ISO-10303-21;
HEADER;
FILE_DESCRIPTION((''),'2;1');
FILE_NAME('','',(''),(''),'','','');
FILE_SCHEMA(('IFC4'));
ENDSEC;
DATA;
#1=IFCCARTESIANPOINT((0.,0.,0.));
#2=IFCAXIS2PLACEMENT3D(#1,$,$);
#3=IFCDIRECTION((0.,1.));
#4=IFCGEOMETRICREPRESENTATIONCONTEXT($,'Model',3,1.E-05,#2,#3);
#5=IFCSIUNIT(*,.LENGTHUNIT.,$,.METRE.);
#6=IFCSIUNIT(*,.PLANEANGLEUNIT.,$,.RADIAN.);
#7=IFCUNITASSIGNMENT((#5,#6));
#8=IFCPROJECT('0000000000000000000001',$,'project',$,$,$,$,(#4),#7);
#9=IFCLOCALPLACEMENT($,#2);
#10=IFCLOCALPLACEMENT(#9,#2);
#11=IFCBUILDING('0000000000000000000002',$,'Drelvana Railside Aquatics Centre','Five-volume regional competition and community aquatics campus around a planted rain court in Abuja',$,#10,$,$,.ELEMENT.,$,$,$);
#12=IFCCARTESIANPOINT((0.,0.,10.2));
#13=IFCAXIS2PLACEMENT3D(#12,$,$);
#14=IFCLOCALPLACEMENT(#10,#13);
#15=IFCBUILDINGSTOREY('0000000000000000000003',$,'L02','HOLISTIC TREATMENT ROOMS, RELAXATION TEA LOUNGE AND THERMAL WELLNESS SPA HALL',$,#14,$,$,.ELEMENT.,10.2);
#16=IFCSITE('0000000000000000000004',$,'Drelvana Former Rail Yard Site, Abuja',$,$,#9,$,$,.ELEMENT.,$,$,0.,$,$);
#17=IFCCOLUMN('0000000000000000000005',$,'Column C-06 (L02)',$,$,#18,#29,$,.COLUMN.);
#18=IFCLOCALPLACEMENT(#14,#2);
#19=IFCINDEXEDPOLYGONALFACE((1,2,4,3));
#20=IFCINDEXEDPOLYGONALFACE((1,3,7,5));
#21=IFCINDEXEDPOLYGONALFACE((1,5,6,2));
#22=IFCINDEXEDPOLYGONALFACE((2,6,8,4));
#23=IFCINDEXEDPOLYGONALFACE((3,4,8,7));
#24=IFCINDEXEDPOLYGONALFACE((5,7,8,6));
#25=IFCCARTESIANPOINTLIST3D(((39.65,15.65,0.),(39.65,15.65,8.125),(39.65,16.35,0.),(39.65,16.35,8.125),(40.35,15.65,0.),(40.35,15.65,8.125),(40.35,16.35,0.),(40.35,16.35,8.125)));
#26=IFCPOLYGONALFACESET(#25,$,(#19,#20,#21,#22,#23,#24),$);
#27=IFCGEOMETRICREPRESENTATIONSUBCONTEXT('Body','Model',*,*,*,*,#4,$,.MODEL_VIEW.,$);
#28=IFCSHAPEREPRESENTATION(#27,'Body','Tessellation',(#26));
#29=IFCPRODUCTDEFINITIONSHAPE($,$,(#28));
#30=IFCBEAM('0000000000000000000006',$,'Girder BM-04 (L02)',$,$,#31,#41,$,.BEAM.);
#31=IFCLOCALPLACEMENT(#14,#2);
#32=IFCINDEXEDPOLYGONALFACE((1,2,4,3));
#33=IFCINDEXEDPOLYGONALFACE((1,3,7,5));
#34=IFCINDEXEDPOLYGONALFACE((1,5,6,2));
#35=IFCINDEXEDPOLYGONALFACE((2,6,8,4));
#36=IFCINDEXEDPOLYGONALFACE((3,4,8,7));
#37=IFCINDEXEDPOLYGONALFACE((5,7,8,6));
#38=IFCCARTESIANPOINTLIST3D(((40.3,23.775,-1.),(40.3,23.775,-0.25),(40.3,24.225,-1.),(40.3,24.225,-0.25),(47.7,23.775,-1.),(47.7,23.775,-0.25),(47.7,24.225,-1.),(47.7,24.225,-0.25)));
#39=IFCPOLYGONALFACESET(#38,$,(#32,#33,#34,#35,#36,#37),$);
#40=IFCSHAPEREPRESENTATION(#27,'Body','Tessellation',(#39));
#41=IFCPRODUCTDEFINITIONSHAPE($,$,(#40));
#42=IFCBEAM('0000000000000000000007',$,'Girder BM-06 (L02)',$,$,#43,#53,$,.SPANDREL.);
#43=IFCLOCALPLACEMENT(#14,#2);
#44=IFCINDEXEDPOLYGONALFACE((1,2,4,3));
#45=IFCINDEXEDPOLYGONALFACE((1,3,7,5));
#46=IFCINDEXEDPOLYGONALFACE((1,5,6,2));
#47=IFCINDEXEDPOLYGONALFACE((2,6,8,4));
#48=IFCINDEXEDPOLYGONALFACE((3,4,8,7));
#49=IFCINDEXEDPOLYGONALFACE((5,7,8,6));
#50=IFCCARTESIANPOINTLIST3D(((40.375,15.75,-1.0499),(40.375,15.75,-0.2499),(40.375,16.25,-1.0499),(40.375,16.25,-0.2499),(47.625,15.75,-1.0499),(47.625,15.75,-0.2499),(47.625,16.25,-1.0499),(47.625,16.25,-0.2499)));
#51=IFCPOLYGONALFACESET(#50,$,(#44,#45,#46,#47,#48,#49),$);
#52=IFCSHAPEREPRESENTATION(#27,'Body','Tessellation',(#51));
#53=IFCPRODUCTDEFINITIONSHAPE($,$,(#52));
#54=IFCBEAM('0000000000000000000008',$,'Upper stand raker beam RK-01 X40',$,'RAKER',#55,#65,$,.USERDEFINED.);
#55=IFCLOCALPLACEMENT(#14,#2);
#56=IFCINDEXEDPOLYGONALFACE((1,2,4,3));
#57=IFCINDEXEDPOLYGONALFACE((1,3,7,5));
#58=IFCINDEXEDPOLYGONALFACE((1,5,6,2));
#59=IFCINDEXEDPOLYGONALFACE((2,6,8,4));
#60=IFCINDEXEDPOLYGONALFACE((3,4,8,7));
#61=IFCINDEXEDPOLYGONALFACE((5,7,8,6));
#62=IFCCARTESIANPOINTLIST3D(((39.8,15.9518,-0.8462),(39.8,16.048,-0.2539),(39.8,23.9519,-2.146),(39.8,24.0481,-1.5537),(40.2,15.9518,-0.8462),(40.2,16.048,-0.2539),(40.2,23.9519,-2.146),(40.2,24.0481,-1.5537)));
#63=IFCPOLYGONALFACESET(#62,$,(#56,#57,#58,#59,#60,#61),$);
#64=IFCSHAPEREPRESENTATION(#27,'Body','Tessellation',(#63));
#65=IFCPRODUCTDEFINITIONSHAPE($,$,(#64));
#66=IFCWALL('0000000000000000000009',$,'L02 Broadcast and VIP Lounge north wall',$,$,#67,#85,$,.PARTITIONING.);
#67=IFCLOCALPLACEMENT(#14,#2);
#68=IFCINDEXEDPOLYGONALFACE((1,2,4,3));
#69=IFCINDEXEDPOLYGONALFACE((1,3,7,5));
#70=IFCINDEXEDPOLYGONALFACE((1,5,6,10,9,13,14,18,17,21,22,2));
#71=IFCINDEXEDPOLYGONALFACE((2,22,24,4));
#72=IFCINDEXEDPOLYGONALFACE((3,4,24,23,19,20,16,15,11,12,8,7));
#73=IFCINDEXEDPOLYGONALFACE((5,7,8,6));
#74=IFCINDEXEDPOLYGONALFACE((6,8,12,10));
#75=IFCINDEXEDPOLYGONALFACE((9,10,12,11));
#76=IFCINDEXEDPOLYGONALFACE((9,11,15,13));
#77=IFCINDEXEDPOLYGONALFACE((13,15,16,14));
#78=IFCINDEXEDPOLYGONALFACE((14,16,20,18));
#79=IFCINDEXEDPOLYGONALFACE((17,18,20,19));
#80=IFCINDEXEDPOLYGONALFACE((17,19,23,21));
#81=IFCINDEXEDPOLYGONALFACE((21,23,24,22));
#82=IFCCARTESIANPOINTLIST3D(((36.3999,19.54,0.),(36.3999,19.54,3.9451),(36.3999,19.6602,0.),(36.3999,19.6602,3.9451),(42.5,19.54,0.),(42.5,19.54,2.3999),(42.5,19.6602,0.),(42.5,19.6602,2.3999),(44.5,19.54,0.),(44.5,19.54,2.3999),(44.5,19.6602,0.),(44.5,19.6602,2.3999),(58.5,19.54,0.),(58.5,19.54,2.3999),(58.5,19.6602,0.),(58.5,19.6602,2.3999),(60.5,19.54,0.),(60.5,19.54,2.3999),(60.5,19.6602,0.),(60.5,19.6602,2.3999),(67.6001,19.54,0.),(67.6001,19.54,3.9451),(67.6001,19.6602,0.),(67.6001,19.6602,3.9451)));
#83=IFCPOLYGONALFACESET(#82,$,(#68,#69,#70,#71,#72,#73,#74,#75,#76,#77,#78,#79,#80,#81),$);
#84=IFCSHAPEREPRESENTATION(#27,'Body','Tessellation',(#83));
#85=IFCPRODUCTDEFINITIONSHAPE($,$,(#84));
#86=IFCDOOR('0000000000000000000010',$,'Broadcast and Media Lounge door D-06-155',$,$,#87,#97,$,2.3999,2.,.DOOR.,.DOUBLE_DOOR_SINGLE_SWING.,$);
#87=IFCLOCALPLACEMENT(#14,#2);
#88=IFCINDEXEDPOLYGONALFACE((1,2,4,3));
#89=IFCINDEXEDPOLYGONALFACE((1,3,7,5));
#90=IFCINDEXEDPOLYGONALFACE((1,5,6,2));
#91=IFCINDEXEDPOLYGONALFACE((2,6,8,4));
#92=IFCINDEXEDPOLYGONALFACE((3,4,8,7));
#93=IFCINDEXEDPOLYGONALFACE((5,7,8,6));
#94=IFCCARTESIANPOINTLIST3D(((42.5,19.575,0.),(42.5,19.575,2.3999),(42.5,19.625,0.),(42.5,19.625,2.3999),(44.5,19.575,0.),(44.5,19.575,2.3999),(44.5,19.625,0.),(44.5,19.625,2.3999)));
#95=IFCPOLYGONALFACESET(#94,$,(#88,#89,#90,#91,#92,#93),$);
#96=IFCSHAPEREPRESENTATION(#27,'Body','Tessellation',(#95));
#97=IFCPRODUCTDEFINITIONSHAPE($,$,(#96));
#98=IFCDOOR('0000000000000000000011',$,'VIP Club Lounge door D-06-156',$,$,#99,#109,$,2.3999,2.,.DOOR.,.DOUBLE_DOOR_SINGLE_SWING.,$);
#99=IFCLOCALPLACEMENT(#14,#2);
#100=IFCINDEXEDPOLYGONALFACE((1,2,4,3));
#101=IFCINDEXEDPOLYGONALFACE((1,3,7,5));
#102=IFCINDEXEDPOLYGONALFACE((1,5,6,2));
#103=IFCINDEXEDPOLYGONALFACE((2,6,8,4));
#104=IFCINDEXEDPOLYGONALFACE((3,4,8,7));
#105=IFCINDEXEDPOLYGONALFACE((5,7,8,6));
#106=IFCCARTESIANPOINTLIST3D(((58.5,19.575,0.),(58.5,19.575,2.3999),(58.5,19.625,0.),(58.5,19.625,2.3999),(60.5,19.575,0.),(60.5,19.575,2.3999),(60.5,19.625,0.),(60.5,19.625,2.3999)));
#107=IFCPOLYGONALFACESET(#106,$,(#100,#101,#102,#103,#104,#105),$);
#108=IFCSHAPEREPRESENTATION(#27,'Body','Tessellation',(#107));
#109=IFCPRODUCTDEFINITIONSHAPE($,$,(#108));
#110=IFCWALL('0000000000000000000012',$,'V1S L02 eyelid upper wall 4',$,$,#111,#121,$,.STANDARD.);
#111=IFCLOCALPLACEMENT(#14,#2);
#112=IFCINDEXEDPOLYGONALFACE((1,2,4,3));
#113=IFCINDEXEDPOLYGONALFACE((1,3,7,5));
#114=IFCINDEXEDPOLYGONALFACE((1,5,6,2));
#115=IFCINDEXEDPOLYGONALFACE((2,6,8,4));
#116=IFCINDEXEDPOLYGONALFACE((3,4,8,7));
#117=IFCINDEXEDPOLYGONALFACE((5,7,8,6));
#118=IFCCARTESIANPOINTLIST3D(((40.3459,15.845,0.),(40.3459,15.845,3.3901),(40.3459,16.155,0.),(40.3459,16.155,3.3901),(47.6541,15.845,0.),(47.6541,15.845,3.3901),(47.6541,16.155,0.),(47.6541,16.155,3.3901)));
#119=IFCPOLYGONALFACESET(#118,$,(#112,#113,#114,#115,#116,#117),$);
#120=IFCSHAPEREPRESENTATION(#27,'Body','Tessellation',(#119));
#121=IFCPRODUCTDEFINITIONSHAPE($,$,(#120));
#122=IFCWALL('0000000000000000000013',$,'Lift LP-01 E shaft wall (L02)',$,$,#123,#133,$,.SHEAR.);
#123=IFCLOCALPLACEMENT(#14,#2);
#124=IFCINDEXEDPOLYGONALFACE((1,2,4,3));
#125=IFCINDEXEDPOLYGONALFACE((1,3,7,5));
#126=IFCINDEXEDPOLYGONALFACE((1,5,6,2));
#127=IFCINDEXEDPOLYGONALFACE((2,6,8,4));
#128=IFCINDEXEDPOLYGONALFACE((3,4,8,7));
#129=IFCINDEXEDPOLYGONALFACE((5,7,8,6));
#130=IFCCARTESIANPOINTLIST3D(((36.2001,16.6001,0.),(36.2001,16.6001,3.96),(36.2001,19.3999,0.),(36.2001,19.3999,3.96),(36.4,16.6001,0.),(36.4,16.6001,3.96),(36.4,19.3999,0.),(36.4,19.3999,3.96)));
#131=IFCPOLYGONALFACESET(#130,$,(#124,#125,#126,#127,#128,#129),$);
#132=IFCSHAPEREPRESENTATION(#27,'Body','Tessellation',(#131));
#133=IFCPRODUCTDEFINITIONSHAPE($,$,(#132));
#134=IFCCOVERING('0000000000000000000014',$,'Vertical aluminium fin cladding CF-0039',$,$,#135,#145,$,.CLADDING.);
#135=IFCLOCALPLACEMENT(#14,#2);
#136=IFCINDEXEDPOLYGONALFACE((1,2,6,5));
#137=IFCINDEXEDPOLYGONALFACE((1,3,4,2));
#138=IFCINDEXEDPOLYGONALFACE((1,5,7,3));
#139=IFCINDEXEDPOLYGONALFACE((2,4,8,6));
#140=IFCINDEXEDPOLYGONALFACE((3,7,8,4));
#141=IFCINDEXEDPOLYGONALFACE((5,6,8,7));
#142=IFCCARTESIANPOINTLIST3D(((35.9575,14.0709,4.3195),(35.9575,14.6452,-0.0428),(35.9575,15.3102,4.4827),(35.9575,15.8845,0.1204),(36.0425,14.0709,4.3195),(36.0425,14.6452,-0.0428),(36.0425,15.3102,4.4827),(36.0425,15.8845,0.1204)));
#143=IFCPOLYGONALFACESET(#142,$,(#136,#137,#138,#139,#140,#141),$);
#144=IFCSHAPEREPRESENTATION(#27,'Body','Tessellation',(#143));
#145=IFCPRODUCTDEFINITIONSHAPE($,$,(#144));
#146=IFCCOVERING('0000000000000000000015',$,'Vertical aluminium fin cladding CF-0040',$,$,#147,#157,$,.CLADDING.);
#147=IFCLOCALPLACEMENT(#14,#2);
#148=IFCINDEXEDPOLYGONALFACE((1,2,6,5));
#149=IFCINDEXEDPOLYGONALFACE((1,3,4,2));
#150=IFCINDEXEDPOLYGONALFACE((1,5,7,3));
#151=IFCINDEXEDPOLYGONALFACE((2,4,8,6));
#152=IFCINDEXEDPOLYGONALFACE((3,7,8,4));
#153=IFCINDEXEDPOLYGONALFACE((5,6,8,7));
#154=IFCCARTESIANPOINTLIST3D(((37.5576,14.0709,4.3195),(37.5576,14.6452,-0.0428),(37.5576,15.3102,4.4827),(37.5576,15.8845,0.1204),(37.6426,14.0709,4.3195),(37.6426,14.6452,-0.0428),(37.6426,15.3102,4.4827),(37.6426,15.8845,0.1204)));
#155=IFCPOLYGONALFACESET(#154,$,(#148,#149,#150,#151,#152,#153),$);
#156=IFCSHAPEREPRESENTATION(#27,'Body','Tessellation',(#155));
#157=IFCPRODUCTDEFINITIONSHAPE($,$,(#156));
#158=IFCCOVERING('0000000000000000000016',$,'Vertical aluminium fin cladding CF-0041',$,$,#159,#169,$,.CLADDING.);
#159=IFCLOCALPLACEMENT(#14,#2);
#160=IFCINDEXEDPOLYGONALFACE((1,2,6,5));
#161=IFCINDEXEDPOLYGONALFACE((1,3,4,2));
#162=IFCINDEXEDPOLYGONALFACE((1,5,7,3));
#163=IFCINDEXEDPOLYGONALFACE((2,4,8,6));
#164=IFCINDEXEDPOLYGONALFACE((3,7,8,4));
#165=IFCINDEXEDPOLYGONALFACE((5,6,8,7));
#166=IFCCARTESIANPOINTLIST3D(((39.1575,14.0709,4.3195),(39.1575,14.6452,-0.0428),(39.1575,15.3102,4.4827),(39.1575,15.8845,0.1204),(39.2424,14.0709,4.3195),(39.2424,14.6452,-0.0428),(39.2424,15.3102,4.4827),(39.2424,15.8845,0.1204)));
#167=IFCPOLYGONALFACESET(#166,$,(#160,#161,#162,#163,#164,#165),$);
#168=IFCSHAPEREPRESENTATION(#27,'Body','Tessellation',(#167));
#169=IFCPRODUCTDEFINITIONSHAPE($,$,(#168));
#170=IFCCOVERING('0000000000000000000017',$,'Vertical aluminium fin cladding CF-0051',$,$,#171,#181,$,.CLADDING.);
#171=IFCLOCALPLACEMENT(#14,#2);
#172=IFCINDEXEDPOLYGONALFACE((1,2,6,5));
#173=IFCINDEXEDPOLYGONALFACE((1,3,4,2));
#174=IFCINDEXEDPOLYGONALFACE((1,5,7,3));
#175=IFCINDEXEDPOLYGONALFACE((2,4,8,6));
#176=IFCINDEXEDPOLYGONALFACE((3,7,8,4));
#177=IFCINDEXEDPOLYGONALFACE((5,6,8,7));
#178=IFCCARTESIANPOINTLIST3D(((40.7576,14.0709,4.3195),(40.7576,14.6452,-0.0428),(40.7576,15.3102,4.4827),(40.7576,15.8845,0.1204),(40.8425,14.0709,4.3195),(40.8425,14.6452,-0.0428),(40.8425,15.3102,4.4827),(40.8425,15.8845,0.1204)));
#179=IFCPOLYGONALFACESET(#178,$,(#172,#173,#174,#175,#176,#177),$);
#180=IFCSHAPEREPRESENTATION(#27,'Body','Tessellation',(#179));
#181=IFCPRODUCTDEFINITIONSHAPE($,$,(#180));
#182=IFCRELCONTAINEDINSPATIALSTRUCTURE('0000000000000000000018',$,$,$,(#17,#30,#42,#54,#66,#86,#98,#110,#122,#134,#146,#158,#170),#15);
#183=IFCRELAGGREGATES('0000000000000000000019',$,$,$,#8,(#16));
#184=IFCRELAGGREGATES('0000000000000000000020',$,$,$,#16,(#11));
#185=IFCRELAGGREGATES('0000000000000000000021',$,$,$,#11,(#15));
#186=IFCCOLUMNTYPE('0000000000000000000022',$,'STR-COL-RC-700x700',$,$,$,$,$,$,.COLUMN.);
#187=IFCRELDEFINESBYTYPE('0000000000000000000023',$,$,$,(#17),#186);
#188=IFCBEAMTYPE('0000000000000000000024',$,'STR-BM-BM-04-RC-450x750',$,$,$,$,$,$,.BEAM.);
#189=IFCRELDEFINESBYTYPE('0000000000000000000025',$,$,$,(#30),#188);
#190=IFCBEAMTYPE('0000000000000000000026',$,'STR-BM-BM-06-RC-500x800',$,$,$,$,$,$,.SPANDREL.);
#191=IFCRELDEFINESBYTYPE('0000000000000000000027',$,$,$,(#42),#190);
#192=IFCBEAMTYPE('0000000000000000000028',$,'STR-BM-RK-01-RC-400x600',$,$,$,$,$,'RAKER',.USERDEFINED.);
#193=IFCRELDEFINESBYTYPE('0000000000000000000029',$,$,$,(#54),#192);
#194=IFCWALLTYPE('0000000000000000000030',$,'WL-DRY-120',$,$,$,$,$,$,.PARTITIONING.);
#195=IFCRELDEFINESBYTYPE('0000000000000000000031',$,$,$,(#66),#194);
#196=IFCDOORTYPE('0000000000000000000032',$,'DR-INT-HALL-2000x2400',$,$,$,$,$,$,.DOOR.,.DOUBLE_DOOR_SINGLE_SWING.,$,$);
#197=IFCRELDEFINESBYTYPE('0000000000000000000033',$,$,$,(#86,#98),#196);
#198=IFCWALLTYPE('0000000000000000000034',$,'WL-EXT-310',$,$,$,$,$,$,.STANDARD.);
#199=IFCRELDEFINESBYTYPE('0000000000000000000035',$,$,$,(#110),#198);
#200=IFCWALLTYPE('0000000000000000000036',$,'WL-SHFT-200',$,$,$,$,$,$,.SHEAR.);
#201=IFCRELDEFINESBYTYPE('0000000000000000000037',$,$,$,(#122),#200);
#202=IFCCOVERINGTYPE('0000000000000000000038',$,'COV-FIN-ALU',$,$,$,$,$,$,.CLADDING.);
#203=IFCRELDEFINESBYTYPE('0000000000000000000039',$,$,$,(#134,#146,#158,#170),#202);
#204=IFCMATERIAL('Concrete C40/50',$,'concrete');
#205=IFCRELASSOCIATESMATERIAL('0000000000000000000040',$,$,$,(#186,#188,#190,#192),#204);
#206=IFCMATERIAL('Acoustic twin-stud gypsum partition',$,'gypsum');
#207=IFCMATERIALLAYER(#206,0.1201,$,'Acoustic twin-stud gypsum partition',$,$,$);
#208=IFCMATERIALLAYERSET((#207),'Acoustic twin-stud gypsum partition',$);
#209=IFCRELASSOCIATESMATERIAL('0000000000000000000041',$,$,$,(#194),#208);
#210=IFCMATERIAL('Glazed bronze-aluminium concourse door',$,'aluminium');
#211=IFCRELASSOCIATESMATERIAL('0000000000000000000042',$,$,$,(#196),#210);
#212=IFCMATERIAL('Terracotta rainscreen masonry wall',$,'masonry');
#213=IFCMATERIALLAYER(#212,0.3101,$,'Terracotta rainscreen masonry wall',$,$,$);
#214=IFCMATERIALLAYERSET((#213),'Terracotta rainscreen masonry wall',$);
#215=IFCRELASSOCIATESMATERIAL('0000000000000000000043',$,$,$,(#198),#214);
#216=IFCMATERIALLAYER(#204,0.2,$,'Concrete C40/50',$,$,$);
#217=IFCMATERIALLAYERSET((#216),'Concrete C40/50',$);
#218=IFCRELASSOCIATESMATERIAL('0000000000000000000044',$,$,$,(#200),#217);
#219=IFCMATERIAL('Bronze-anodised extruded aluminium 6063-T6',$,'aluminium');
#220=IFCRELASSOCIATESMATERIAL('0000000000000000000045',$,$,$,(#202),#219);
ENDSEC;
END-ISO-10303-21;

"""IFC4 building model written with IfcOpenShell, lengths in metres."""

from ifc_helpers import new_model, si_unit, direction, frame, frame_2d, origin, origin_2d, place, context, subcontext, project, spatial, rectangle, extrude, material, layer, layer_set, material_profile, profile_set, type_object, element, fill, save


model = new_model("IFC4")

# Units and contexts
model_context = context("Model", 3, precision=1e-05, world=origin(), true_north=direction((0.0, 1.0)))
body_context = subcontext(model_context, "Body", "Model", "MODEL_VIEW")
ifc_project = project(units=[si_unit("LENGTHUNIT", "METRE"), si_unit("PLANEANGLEUNIT", "RADIAN")], contexts=[model_context])

# Site, building, storey
site_placement = place(None, origin())
site = spatial("IfcSite", under=ifc_project, at=site_placement, Name="Drelvana Former Rail Yard Site, Abuja", CompositionType="ELEMENT", RefElevation=0.0)
building_placement = place(site_placement, origin())
building = spatial("IfcBuilding", under=site, at=building_placement, Name="Drelvana Railside Aquatics Centre", Description="Five-volume regional competition and community aquatics campus around a planted rain court in Abuja", CompositionType="ELEMENT")
storey_placement = place(building_placement, frame((0.0, 0.0, 10.2)))
storey = spatial("IfcBuildingStorey", under=building, at=storey_placement, Name="L02", Description="HOLISTIC TREATMENT ROOMS, RELAXATION TEA LOUNGE AND THERMAL WELLNESS SPA HALL", CompositionType="ELEMENT", Elevation=10.2)

# Column
ifc_material_1 = material(Name="Concrete C40/50", Category="concrete")
ifc_material_profile_1 = material_profile(ifc_material_1, rectangle(XDim=0.7, YDim=0.7, at=origin_2d()), Name="RC 700x700")
ifc_profile_set_1 = profile_set([ifc_material_profile_1], Name="Concrete C40/50")
column_type = type_object("IfcColumnType", Name="STR-COL-RC-700x700", PredefinedType="COLUMN", material=ifc_profile_set_1)
column_placement = place(storey_placement, frame((40.0, 16.0, 0.0), z_axis=(0.0, 0.0, 1.0), x_axis=(1.0, 0.0, 0.0)))
element("IfcColumn", 1, at=column_placement, inside=storey, type_object=column_type, Name="Column C-06 (L02)", PredefinedType="COLUMN", context=body_context, shape_type="SweptSolid", body=[
    extrude(rectangle(XDim=0.7, YDim=0.7, at=origin_2d()), origin(), (0.0, 0.0, 1.0), 8.125),
])

# Beams
ifc_material_profile_2 = material_profile(ifc_material_1, rectangle(XDim=0.45, YDim=0.75, at=origin_2d()), Name="RC 450x750")
ifc_profile_set_2 = profile_set([ifc_material_profile_2], Name="Concrete C40/50")
beam_type_1 = type_object("IfcBeamType", Name="STR-BM-BM-04-RC-450x750", PredefinedType="BEAM", material=ifc_profile_set_2)
beam_1_placement = place(storey_placement, frame((40.3, 24.0, -0.625), z_axis=(1.0, 0.0, 0.0), x_axis=(0.0, 1.0, 0.0)))
element("IfcBeam", 2, at=beam_1_placement, inside=storey, type_object=beam_type_1, Name="Girder BM-04 (L02)", PredefinedType="BEAM", context=body_context, shape_type="SweptSolid", body=[
    extrude(rectangle(XDim=0.45, YDim=0.75, at=origin_2d()), origin(), (0.0, 0.0, 1.0), 7.3999),
])
ifc_material_profile_3 = material_profile(ifc_material_1, rectangle(XDim=0.5, YDim=0.8, at=origin_2d()), Name="RC 500x800")
ifc_profile_set_3 = profile_set([ifc_material_profile_3], Name="Concrete C40/50")
beam_type_2 = type_object("IfcBeamType", Name="STR-BM-BM-06-RC-500x800", PredefinedType="SPANDREL", material=ifc_profile_set_3)
beam_2_placement = place(storey_placement, frame((40.375, 16.0, -0.6499), z_axis=(1.0, 0.0, 0.0), x_axis=(0.0, 1.0, 0.0)))
element("IfcBeam", 3, at=beam_2_placement, inside=storey, type_object=beam_type_2, Name="Girder BM-06 (L02)", PredefinedType="SPANDREL", context=body_context, shape_type="SweptSolid", body=[
    extrude(rectangle(XDim=0.5, YDim=0.8, at=origin_2d()), origin(), (0.0, 0.0, 1.0), 7.25),
])
ifc_material_profile_4 = material_profile(ifc_material_1, rectangle(XDim=0.3999, YDim=0.6001, at=origin_2d()), Name="RC 400x600")
ifc_profile_set_4 = profile_set([ifc_material_profile_4], Name="Concrete C40/50")
beam_type_3 = type_object("IfcBeamType", Name="STR-BM-RK-01-RC-400x600", ElementType="RAKER", PredefinedType="USERDEFINED", material=ifc_profile_set_4)
beam_3_placement = place(storey_placement, frame((40.0, 24.0, -1.8499), z_axis=(0.0, -0.987057, 0.160373), x_axis=(1.0, 0.0, 0.0)))
element("IfcBeam", 4, at=beam_3_placement, inside=storey, type_object=beam_type_3, Name="Upper stand raker beam RK-01 X40", ObjectType="RAKER", PredefinedType="USERDEFINED", context=body_context, shape_type="SweptSolid", body=[
    extrude(rectangle(XDim=0.3999, YDim=0.6001, at=origin_2d()), origin(), (0.0, 0.0, 1.0), 8.105),
])

# Wall, openings, doors
ifc_material_2 = material(Name="Acoustic twin-stud gypsum partition", Category="gypsum")
ifc_layer_1 = layer(ifc_material_2, 0.1201, Name="Acoustic twin-stud gypsum partition")
ifc_layer_set_1 = layer_set([ifc_layer_1], Name="Acoustic twin-stud gypsum partition")
wall_type_1 = type_object("IfcWallType", Name="WL-DRY-120", PredefinedType="PARTITIONING", material=ifc_layer_set_1)
wall_1_placement = place(storey_placement, frame((36.3999, 19.6001, 0.0), z_axis=(0.0, 0.0, 1.0), x_axis=(1.0, 0.0, 0.0)))
wall_1 = element("IfcWall", 5, at=wall_1_placement, inside=storey, type_object=wall_type_1, Name="L02 Broadcast and VIP Lounge north wall", PredefinedType="PARTITIONING", context=body_context, shape_type="SweptSolid", body=[
    extrude(rectangle(XDim=31.2002, YDim=0.1201, at=frame_2d((15.6001, 0.0))), origin(), (0.0, 0.0, 1.0), 3.9451),
])
opening_1_placement = place(wall_1_placement, frame((6.1001, 0.0, 0.0)))
opening_1 = element("IfcOpeningElement", 6, at=opening_1_placement, cuts=wall_1, PredefinedType="OPENING", context=body_context, shape_type="SweptSolid", body=[
    extrude(rectangle(XDim=2.0, YDim=2.3999, at=frame_2d((1.0, 1.2))), frame((0.0, 0.0701, 0.0), z_axis=(0.0, -1.0, 0.0), x_axis=(1.0, 0.0, 0.0)), (0.0, 0.0, 1.0), 0.1401),
])
opening_2_placement = place(wall_1_placement, frame((22.1001, 0.0, 0.0)))
opening_2 = element("IfcOpeningElement", 7, at=opening_2_placement, cuts=wall_1, PredefinedType="OPENING", context=body_context, shape_type="SweptSolid", body=[
    extrude(rectangle(XDim=2.0, YDim=2.3999, at=frame_2d((1.0, 1.2))), frame((0.0, 0.0701, 0.0), z_axis=(0.0, -1.0, 0.0), x_axis=(1.0, 0.0, 0.0)), (0.0, 0.0, 1.0), 0.1401),
])
ifc_material_3 = material(Name="Glazed bronze-aluminium concourse door", Category="aluminium")
door_type = type_object("IfcDoorType", Name="DR-INT-HALL-2000x2400", OperationType="DOUBLE_DOOR_SINGLE_SWING", PredefinedType="DOOR", material=ifc_material_3)
door_1_placement = place(opening_1_placement, origin())
door_1 = element("IfcDoor", 8, at=door_1_placement, inside=storey, type_object=door_type, Name="Broadcast and Media Lounge door D-06-155", OperationType="DOUBLE_DOOR_SINGLE_SWING", OverallHeight=2.3999, OverallWidth=2.0, PredefinedType="DOOR", context=body_context, shape_type="SweptSolid", body=[
    extrude(rectangle(XDim=2.0, YDim=2.3999, at=frame_2d((1.0, 1.2))), frame((0.0, 0.0249, 0.0), z_axis=(0.0, -1.0, 0.0), x_axis=(1.0, 0.0, 0.0)), (0.0, 0.0, 1.0), 0.05),
])
fill(opening_1, door_1)
door_2_placement = place(opening_2_placement, origin())
door_2 = element("IfcDoor", 9, at=door_2_placement, inside=storey, type_object=door_type, Name="VIP Club Lounge door D-06-156", OperationType="DOUBLE_DOOR_SINGLE_SWING", OverallHeight=2.3999, OverallWidth=2.0, PredefinedType="DOOR", context=body_context, shape_type="SweptSolid", body=[
    extrude(rectangle(XDim=2.0, YDim=2.3999, at=frame_2d((1.0, 1.2))), frame((0.0, 0.0249, 0.0), z_axis=(0.0, -1.0, 0.0), x_axis=(1.0, 0.0, 0.0)), (0.0, 0.0, 1.0), 0.05),
])
fill(opening_2, door_2)

# Walls
ifc_material_4 = material(Name="Terracotta rainscreen masonry wall", Category="masonry")
ifc_layer_2 = layer(ifc_material_4, 0.3101, Name="Terracotta rainscreen masonry wall")
ifc_layer_set_2 = layer_set([ifc_layer_2], Name="Terracotta rainscreen masonry wall")
wall_type_2 = type_object("IfcWallType", Name="WL-EXT-310", PredefinedType="STANDARD", material=ifc_layer_set_2)
wall_2_placement = place(storey_placement, frame((40.3459, 16.0, 0.0), z_axis=(0.0, 0.0, 1.0), x_axis=(1.0, 0.0, 0.0)))
element("IfcWall", 10, at=wall_2_placement, inside=storey, type_object=wall_type_2, Name="V1S L02 eyelid upper wall 4", PredefinedType="STANDARD", context=body_context, shape_type="SweptSolid", body=[
    extrude(rectangle(XDim=7.3081, YDim=0.3101, at=frame_2d((3.6541, 0.0))), origin(), (0.0, 0.0, 1.0), 3.3901),
])
ifc_layer_3 = layer(ifc_material_1, 0.2, Name="Concrete C40/50")
ifc_layer_set_3 = layer_set([ifc_layer_3], Name="Concrete C40/50")
wall_type_3 = type_object("IfcWallType", Name="WL-SHFT-200", PredefinedType="SHEAR", material=ifc_layer_set_3)
wall_3_placement = place(storey_placement, frame((36.3, 16.6001, 0.0), z_axis=(0.0, 0.0, 1.0), x_axis=(0.0, 1.0, 0.0)))
element("IfcWall", 11, at=wall_3_placement, inside=storey, type_object=wall_type_3, Name="Lift LP-01 E shaft wall (L02)", PredefinedType="SHEAR", context=body_context, shape_type="SweptSolid", body=[
    extrude(rectangle(XDim=2.7998, YDim=0.2, at=frame_2d((1.3999, 0.0))), origin(), (0.0, 0.0, 1.0), 3.96),
])

# Coverings
ifc_material_5 = material(Name="Bronze-anodised extruded aluminium 6063-T6", Category="aluminium")
covering_type = type_object("IfcCoveringType", Name="COV-FIN-ALU", PredefinedType="CLADDING", material=ifc_material_5)
for number, where, z_axis, x_axis, name in (
    (12, (36.0, 15.2649, 0.0388), (0.0, -0.130526, 0.991445), (-1.0, 0.0, 0.0), "Vertical aluminium fin cladding CF-0039"),
    (13, (37.6001, 15.2649, 0.0388), (0.0, -0.130526, 0.991445), (-1.0, 0.0, 0.0), "Vertical aluminium fin cladding CF-0040"),
    (14, (39.2, 15.2649, 0.0388), (0.0, -0.130526, 0.991445), (-1.0, 0.0, 0.0), "Vertical aluminium fin cladding CF-0041"),
    (15, (40.8, 15.2649, 0.0388), (0.0, -0.130526, 0.991445), (-1.0, 0.0, 0.0), "Vertical aluminium fin cladding CF-0051"),
):
    element("IfcCovering", number, at=place(storey_placement, frame(where, z_axis=z_axis, x_axis=x_axis)), inside=storey, type_object=covering_type, Name=name, PredefinedType="CLADDING", context=body_context, shape_type="SweptSolid", body=[
        extrude(rectangle(XDim=0.085, YDim=1.25, at=origin_2d()), origin(), (0.0, 0.0, 1.0), 4.3999),
    ])

save(model, "model.ifc")
